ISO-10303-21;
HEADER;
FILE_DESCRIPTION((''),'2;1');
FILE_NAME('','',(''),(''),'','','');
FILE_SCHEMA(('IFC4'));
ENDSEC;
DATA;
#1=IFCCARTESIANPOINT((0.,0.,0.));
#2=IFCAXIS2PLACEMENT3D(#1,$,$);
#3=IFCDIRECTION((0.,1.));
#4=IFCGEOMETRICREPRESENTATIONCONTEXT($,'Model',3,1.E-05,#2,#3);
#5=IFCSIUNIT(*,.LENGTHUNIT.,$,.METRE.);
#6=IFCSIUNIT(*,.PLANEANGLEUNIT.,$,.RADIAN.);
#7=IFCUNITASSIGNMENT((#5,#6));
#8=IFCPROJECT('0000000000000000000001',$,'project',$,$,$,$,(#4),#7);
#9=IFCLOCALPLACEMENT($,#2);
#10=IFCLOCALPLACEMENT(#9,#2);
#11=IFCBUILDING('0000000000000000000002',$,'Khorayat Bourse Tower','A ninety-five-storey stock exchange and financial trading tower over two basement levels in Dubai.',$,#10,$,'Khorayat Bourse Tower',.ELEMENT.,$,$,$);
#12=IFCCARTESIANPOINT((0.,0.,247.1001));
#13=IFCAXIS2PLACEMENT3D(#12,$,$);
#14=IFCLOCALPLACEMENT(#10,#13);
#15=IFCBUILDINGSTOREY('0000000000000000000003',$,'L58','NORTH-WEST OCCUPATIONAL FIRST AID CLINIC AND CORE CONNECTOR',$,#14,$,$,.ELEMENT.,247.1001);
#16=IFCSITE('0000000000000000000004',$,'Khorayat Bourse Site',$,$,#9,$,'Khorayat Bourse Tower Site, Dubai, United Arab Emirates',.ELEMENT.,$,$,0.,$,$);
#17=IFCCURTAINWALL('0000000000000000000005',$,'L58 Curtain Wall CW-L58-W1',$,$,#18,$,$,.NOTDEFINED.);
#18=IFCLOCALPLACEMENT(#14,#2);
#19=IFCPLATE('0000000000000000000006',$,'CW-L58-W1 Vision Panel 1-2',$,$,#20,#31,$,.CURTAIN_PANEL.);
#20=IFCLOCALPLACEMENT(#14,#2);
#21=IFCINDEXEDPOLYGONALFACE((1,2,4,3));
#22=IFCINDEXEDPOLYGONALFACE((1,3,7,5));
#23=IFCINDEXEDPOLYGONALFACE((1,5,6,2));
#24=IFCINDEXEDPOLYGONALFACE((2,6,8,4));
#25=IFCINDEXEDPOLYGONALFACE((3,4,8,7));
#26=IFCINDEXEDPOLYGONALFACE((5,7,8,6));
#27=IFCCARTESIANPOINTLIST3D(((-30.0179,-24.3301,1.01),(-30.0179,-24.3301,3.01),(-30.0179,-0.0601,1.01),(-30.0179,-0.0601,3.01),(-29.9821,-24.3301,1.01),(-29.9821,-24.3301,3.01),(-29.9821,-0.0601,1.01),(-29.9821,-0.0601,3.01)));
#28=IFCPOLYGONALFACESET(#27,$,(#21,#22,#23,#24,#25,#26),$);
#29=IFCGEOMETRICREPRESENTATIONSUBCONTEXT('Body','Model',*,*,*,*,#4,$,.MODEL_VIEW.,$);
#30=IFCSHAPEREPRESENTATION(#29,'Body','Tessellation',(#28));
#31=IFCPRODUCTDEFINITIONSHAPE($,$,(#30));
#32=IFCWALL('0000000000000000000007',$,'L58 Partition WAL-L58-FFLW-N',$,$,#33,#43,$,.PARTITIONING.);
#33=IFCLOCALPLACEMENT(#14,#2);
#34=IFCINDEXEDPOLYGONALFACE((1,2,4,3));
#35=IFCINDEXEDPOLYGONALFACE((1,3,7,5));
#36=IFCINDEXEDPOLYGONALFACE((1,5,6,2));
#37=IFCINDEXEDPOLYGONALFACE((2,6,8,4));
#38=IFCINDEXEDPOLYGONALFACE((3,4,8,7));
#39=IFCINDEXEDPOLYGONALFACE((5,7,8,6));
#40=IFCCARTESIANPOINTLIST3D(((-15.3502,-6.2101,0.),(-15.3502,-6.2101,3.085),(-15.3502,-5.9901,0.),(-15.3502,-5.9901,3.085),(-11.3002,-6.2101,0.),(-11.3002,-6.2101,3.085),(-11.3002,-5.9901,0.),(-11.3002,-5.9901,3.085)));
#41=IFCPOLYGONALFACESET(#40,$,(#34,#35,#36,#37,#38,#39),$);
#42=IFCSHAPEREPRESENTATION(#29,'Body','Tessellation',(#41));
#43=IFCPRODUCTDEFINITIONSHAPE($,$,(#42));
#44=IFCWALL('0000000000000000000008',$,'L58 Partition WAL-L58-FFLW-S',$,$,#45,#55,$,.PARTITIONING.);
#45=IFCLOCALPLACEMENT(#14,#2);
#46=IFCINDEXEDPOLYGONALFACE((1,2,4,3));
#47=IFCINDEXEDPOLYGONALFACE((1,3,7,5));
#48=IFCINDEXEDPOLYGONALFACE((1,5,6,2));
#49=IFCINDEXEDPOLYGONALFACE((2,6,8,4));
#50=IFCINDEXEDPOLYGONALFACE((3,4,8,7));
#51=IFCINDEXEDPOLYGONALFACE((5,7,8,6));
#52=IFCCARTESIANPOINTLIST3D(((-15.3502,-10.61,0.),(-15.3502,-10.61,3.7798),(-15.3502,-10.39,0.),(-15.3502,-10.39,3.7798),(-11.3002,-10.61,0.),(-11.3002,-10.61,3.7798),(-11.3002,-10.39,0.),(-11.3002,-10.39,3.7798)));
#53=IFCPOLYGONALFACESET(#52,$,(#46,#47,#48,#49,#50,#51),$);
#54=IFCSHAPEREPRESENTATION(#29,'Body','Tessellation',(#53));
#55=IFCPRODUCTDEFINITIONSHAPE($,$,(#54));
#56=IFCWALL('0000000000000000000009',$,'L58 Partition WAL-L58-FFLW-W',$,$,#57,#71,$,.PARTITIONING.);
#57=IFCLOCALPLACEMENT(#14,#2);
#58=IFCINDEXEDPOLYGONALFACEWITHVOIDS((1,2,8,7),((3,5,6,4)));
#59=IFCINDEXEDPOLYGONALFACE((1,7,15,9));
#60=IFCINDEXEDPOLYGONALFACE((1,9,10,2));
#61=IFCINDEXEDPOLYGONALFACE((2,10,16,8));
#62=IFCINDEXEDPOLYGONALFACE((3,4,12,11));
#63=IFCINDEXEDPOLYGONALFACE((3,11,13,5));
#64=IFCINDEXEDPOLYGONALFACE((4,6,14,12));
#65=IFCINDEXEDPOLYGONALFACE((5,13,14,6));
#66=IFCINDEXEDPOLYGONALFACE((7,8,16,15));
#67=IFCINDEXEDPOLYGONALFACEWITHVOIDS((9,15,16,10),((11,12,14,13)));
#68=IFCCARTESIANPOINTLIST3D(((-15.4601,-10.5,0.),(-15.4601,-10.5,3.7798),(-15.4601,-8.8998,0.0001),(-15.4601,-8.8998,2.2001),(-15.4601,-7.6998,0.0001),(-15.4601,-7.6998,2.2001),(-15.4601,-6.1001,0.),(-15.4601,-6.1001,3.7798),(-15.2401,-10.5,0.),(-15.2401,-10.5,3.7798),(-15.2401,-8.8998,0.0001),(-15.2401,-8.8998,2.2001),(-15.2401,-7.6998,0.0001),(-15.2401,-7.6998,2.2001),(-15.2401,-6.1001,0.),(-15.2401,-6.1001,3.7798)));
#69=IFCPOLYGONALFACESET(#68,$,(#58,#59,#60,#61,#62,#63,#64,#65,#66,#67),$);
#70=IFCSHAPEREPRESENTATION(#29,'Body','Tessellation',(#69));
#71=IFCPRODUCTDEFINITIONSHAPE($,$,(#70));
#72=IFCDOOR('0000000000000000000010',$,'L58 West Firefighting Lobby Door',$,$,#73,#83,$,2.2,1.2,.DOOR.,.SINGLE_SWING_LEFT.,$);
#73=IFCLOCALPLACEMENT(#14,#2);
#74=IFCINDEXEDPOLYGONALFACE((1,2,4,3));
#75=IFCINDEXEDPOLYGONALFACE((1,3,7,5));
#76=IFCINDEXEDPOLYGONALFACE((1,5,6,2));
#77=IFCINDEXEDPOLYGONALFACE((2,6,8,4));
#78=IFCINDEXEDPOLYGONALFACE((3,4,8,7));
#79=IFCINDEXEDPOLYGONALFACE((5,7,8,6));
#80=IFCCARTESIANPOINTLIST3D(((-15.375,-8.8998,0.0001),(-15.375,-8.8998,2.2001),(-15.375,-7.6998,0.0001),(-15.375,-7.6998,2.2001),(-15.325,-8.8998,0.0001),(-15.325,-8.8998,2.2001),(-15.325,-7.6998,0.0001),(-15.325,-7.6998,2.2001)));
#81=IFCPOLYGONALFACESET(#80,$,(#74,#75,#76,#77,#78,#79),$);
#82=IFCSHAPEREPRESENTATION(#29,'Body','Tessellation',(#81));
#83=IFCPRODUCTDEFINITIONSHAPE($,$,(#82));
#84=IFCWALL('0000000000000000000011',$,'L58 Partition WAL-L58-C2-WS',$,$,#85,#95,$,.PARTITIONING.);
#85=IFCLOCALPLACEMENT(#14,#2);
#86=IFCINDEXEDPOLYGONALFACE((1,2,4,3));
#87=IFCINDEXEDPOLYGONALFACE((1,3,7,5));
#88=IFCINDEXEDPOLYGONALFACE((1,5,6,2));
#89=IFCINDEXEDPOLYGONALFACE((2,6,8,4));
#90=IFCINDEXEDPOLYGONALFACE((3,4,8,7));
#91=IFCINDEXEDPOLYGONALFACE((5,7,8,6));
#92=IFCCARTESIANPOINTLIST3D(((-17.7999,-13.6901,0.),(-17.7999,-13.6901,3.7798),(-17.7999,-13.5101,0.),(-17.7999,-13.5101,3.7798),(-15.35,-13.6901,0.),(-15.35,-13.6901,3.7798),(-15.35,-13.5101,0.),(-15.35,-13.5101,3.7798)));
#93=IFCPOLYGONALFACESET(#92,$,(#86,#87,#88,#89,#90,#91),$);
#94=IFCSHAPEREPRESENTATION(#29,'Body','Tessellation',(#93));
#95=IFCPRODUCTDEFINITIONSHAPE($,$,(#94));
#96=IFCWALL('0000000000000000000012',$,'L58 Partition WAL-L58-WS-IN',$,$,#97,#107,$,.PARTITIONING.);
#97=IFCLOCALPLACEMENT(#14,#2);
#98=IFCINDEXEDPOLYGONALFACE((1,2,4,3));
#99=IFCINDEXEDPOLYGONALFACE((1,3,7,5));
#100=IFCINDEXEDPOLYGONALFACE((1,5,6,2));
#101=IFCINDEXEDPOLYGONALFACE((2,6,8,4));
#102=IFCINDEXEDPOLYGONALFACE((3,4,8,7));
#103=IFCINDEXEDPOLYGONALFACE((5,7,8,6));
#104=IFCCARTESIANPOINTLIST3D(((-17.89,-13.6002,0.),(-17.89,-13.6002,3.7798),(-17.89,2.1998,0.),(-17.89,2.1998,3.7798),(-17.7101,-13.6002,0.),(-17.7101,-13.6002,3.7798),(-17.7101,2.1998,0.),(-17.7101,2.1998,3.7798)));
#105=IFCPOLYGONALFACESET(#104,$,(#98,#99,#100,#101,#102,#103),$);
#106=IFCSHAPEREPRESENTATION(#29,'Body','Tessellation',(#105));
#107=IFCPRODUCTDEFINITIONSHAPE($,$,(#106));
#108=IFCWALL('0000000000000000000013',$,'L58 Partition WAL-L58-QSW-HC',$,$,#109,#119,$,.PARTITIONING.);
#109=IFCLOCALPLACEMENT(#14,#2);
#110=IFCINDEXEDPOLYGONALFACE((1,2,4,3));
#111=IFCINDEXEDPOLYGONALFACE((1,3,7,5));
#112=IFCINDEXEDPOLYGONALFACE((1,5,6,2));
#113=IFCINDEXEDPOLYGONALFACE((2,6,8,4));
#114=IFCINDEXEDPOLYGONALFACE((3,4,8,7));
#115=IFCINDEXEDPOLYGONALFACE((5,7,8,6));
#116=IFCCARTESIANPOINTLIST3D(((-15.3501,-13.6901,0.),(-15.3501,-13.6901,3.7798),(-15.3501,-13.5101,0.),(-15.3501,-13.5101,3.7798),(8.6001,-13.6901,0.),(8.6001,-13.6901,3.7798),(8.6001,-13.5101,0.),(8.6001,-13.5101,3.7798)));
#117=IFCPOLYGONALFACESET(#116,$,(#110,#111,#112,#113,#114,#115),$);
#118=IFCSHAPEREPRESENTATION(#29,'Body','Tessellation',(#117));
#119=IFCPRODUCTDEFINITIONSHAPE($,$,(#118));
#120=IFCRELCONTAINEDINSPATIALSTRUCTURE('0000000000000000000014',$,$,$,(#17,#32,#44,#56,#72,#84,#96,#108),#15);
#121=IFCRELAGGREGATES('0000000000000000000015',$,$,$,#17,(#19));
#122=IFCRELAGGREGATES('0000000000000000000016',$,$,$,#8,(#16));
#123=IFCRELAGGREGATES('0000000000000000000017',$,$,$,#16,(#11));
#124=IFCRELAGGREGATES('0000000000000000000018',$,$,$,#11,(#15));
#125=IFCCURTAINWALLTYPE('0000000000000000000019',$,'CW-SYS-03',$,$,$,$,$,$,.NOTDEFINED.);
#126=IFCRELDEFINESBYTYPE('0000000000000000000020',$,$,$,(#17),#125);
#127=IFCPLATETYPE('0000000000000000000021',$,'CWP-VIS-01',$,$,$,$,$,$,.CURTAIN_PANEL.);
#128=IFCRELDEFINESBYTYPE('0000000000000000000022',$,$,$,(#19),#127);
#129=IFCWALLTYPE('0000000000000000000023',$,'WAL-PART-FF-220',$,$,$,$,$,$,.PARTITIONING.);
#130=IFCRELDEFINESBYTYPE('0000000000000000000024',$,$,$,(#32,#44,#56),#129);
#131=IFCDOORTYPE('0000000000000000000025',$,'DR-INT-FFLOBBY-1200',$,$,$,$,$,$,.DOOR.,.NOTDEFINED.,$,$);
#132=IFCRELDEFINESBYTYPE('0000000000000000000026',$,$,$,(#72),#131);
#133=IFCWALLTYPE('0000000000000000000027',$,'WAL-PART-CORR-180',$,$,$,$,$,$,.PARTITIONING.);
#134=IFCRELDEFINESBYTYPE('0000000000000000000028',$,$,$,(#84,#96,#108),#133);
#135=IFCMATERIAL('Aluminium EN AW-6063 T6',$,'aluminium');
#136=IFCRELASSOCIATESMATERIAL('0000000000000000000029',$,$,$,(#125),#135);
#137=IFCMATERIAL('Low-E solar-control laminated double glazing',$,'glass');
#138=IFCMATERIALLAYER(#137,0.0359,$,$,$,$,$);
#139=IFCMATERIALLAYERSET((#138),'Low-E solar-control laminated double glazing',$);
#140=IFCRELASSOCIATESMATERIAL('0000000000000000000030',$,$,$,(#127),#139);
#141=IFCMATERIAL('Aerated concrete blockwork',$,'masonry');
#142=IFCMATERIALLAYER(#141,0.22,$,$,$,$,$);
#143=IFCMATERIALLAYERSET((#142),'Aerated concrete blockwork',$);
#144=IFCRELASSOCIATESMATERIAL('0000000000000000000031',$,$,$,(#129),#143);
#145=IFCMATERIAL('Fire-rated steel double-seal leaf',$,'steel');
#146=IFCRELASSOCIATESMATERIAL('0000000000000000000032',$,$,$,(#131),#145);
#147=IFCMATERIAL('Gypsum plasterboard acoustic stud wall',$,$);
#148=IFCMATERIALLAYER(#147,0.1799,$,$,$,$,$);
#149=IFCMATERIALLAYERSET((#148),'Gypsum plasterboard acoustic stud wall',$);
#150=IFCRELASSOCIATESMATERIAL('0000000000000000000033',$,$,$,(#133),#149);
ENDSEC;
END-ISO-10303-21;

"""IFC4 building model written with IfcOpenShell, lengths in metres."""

from ifc_helpers import new_model, si_unit, direction, frame, frame_2d, origin, origin_2d, place, context, subcontext, project, spatial, rectangle, extrude, source, transform, mapped, material, layer, layer_set, type_object, element, fill, aggregate, save


model = new_model("IFC4")

# Units and contexts
model_context = context("Model", 3, precision=1e-05, world=origin(), true_north=direction((0.0, 1.0)))
body_context = subcontext(model_context, "Body", "Model", "MODEL_VIEW")
ifc_project = project(units=[si_unit("LENGTHUNIT", "METRE"), si_unit("PLANEANGLEUNIT", "RADIAN")], contexts=[model_context])

# Site, building, storey
site_placement = place(None, origin())
site = spatial("IfcSite", under=ifc_project, at=site_placement, Name="Khorayat Bourse Site", LongName="Khorayat Bourse Tower Site, Dubai, United Arab Emirates", CompositionType="ELEMENT", RefElevation=0.0)
building_placement = place(site_placement, origin())
building = spatial("IfcBuilding", under=site, at=building_placement, Name="Khorayat Bourse Tower", Description="A ninety-five-storey stock exchange and financial trading tower over two basement levels in Dubai.", LongName="Khorayat Bourse Tower", CompositionType="ELEMENT")
storey_placement = place(building_placement, frame((0.0, 0.0, 247.1001)))
storey = spatial("IfcBuildingStorey", under=building, at=storey_placement, Name="L58", Description="NORTH-WEST OCCUPATIONAL FIRST AID CLINIC AND CORE CONNECTOR", CompositionType="ELEMENT", Elevation=247.1001)

# Curtain wall
ifc_material_1 = material(Name="Aluminium EN AW-6063 T6", Category="aluminium")
curtain_wall_type = type_object("IfcCurtainWallType", Name="CW-SYS-03", PredefinedType="NOTDEFINED", material=ifc_material_1)
curtain_wall_placement = place(storey_placement, origin())
curtain_wall = element("IfcCurtainWall", 1, at=curtain_wall_placement, inside=storey, type_object=curtain_wall_type, Name="L58 Curtain Wall CW-L58-W1", PredefinedType="NOTDEFINED")

# Plate
ifc_material_2 = material(Name="Low-E solar-control laminated double glazing", Category="glass")
ifc_layer_1 = layer(ifc_material_2, 0.0359)
ifc_layer_set_1 = layer_set([ifc_layer_1], Name="Low-E solar-control laminated double glazing")
plate_type_1 = type_object("IfcPlateType", Name="CWP-VIS-01", PredefinedType="CURTAIN_PANEL", material=ifc_layer_set_1)
shared_shape_1 = source(origin(), body_context, "Body", "SweptSolid", [
    extrude(rectangle(XDim=24.27, YDim=0.0359, at=origin_2d()), origin(), (0.0, 0.0, 1.0), 2.0),
])
plate_1_placement = place(storey_placement, frame((-30.0, -12.1951, 1.01), z_axis=(0.0, 0.0, 1.0), x_axis=(0.0, 1.0, 0.0)))
plate_1 = element("IfcPlate", 2, at=plate_1_placement, type_object=plate_type_1, Name="CW-L58-W1 Vision Panel 1-2", PredefinedType="CURTAIN_PANEL", context=body_context, shape_type="MappedRepresentation", body=[
    mapped(shared_shape_1, transform((0.0, 0.0, 0.0), scale=1.0)),
])
aggregate(curtain_wall, [plate_1])

# Walls
ifc_material_3 = material(Name="Aerated concrete blockwork", Category="masonry")
ifc_layer_2 = layer(ifc_material_3, 0.22)
ifc_layer_set_2 = layer_set([ifc_layer_2], Name="Aerated concrete blockwork")
wall_type_1 = type_object("IfcWallType", Name="WAL-PART-FF-220", PredefinedType="PARTITIONING", material=ifc_layer_set_2)
shared_shape_2 = source(origin(), body_context, "Body", "SweptSolid", [
    extrude(rectangle(XDim=4.05, YDim=0.22, at=frame_2d((2.0249, 0.0))), origin(), (0.0, 0.0, 1.0), 3.085),
])
wall_1_placement = place(storey_placement, frame((-15.3501, -6.1001, 0.0), z_axis=(0.0, 0.0, 1.0), x_axis=(1.0, 0.0, 0.0)))
element("IfcWall", 3, at=wall_1_placement, inside=storey, type_object=wall_type_1, Name="L58 Partition WAL-L58-FFLW-N", PredefinedType="PARTITIONING", context=body_context, shape_type="MappedRepresentation", body=[
    mapped(shared_shape_2, transform((0.0, 0.0, 0.0), scale=1.0)),
])
shared_shape_3 = source(origin(), body_context, "Body", "SweptSolid", [
    extrude(rectangle(XDim=4.05, YDim=0.22, at=frame_2d((2.0249, 0.0))), origin(), (0.0, 0.0, 1.0), 3.7798),
])
wall_2_placement = place(storey_placement, frame((-15.3501, -10.5, 0.0), z_axis=(0.0, 0.0, 1.0), x_axis=(1.0, 0.0, 0.0)))
element("IfcWall", 4, at=wall_2_placement, inside=storey, type_object=wall_type_1, Name="L58 Partition WAL-L58-FFLW-S", PredefinedType="PARTITIONING", context=body_context, shape_type="MappedRepresentation", body=[
    mapped(shared_shape_3, transform((0.0, 0.0, 0.0), scale=1.0)),
])

# Wall, opening, door
shared_shape_4 = source(origin(), body_context, "Body", "SweptSolid", [
    extrude(rectangle(XDim=4.3999, YDim=0.22, at=frame_2d((2.2, 0.0))), origin(), (0.0, 0.0, 1.0), 3.7798),
])
wall_3_placement = place(storey_placement, frame((-15.3501, -10.5, 0.0), z_axis=(0.0, 0.0, 1.0), x_axis=(0.0, 1.0, 0.0)))
wall_3 = element("IfcWall", 5, at=wall_3_placement, inside=storey, type_object=wall_type_1, Name="L58 Partition WAL-L58-FFLW-W", PredefinedType="PARTITIONING", context=body_context, shape_type="MappedRepresentation", body=[
    mapped(shared_shape_4, transform((0.0, 0.0, 0.0), scale=1.0)),
])
shared_shape_5 = source(origin(), body_context, "Body", "SweptSolid", [
    extrude(rectangle(XDim=1.2, YDim=2.2, at=frame_2d((0.6001, 1.1001))), frame((0.0, 0.1199, 0.0), z_axis=(0.0, -1.0, 0.0), x_axis=(1.0, 0.0, 0.0)), (0.0, 0.0, 1.0), 0.24),
])
opening_placement = place(wall_3_placement, frame((1.6001, 0.0, 0.0)))
opening = element("IfcOpeningElement", 6, at=opening_placement, cuts=wall_3, PredefinedType="OPENING", context=body_context, shape_type="MappedRepresentation", body=[
    mapped(shared_shape_5, transform((0.0, 0.0, 0.0), scale=1.0)),
])
ifc_material_4 = material(Name="Fire-rated steel double-seal leaf", Category="steel")
door_type = type_object("IfcDoorType", Name="DR-INT-FFLOBBY-1200", OperationType="NOTDEFINED", PredefinedType="DOOR", material=ifc_material_4)
shared_shape_6 = source(origin(), body_context, "Body", "SweptSolid", [
    extrude(rectangle(XDim=1.2, YDim=2.2, at=frame_2d((0.6001, 1.1001))), frame((0.0, 0.0249, 0.0), z_axis=(0.0, -1.0, 0.0), x_axis=(1.0, 0.0, 0.0)), (0.0, 0.0, 1.0), 0.05),
])
door_placement = place(opening_placement, origin())
door = element("IfcDoor", 7, at=door_placement, inside=storey, type_object=door_type, Name="L58 West Firefighting Lobby Door", OperationType="SINGLE_SWING_LEFT", OverallHeight=2.2, OverallWidth=1.2, PredefinedType="DOOR", context=body_context, shape_type="MappedRepresentation", body=[
    mapped(shared_shape_6, transform((0.0, 0.0, 0.0), scale=1.0)),
])
fill(opening, door)

# Walls
ifc_material_5 = material(Name="Gypsum plasterboard acoustic stud wall")
ifc_layer_3 = layer(ifc_material_5, 0.1799)
ifc_layer_set_3 = layer_set([ifc_layer_3], Name="Gypsum plasterboard acoustic stud wall")
wall_type_2 = type_object("IfcWallType", Name="WAL-PART-CORR-180", PredefinedType="PARTITIONING", material=ifc_layer_set_3)
shared_shape_7 = source(origin(), body_context, "Body", "SweptSolid", [
    extrude(rectangle(XDim=2.45, YDim=0.1799, at=frame_2d((1.2251, 0.0))), origin(), (0.0, 0.0, 1.0), 3.7798),
])
wall_4_placement = place(storey_placement, frame((-17.8, -13.6001, 0.0), z_axis=(0.0, 0.0, 1.0), x_axis=(1.0, 0.0, 0.0)))
element("IfcWall", 8, at=wall_4_placement, inside=storey, type_object=wall_type_2, Name="L58 Partition WAL-L58-C2-WS", PredefinedType="PARTITIONING", context=body_context, shape_type="MappedRepresentation", body=[
    mapped(shared_shape_7, transform((0.0, 0.0, 0.0), scale=1.0)),
])
shared_shape_8 = source(origin(), body_context, "Body", "SweptSolid", [
    extrude(rectangle(XDim=15.8, YDim=0.1799, at=frame_2d((7.8999, 0.0))), origin(), (0.0, 0.0, 1.0), 3.7798),
])
wall_5_placement = place(storey_placement, frame((-17.8, -13.6001, 0.0), z_axis=(0.0, 0.0, 1.0), x_axis=(0.0, 1.0, 0.0)))
element("IfcWall", 9, at=wall_5_placement, inside=storey, type_object=wall_type_2, Name="L58 Partition WAL-L58-WS-IN", PredefinedType="PARTITIONING", context=body_context, shape_type="MappedRepresentation", body=[
    mapped(shared_shape_8, transform((0.0, 0.0, 0.0), scale=1.0)),
])
shared_shape_9 = source(origin(), body_context, "Body", "SweptSolid", [
    extrude(rectangle(XDim=23.9502, YDim=0.1799, at=frame_2d((11.9751, 0.0))), origin(), (0.0, 0.0, 1.0), 3.7798),
])
wall_6_placement = place(storey_placement, frame((-15.3501, -13.6001, 0.0), z_axis=(0.0, 0.0, 1.0), x_axis=(1.0, 0.0, 0.0)))
element("IfcWall", 10, at=wall_6_placement, inside=storey, type_object=wall_type_2, Name="L58 Partition WAL-L58-QSW-HC", PredefinedType="PARTITIONING", context=body_context, shape_type="MappedRepresentation", body=[
    mapped(shared_shape_9, transform((0.0, 0.0, 0.0), scale=1.0)),
])

save(model, "model.ifc")
